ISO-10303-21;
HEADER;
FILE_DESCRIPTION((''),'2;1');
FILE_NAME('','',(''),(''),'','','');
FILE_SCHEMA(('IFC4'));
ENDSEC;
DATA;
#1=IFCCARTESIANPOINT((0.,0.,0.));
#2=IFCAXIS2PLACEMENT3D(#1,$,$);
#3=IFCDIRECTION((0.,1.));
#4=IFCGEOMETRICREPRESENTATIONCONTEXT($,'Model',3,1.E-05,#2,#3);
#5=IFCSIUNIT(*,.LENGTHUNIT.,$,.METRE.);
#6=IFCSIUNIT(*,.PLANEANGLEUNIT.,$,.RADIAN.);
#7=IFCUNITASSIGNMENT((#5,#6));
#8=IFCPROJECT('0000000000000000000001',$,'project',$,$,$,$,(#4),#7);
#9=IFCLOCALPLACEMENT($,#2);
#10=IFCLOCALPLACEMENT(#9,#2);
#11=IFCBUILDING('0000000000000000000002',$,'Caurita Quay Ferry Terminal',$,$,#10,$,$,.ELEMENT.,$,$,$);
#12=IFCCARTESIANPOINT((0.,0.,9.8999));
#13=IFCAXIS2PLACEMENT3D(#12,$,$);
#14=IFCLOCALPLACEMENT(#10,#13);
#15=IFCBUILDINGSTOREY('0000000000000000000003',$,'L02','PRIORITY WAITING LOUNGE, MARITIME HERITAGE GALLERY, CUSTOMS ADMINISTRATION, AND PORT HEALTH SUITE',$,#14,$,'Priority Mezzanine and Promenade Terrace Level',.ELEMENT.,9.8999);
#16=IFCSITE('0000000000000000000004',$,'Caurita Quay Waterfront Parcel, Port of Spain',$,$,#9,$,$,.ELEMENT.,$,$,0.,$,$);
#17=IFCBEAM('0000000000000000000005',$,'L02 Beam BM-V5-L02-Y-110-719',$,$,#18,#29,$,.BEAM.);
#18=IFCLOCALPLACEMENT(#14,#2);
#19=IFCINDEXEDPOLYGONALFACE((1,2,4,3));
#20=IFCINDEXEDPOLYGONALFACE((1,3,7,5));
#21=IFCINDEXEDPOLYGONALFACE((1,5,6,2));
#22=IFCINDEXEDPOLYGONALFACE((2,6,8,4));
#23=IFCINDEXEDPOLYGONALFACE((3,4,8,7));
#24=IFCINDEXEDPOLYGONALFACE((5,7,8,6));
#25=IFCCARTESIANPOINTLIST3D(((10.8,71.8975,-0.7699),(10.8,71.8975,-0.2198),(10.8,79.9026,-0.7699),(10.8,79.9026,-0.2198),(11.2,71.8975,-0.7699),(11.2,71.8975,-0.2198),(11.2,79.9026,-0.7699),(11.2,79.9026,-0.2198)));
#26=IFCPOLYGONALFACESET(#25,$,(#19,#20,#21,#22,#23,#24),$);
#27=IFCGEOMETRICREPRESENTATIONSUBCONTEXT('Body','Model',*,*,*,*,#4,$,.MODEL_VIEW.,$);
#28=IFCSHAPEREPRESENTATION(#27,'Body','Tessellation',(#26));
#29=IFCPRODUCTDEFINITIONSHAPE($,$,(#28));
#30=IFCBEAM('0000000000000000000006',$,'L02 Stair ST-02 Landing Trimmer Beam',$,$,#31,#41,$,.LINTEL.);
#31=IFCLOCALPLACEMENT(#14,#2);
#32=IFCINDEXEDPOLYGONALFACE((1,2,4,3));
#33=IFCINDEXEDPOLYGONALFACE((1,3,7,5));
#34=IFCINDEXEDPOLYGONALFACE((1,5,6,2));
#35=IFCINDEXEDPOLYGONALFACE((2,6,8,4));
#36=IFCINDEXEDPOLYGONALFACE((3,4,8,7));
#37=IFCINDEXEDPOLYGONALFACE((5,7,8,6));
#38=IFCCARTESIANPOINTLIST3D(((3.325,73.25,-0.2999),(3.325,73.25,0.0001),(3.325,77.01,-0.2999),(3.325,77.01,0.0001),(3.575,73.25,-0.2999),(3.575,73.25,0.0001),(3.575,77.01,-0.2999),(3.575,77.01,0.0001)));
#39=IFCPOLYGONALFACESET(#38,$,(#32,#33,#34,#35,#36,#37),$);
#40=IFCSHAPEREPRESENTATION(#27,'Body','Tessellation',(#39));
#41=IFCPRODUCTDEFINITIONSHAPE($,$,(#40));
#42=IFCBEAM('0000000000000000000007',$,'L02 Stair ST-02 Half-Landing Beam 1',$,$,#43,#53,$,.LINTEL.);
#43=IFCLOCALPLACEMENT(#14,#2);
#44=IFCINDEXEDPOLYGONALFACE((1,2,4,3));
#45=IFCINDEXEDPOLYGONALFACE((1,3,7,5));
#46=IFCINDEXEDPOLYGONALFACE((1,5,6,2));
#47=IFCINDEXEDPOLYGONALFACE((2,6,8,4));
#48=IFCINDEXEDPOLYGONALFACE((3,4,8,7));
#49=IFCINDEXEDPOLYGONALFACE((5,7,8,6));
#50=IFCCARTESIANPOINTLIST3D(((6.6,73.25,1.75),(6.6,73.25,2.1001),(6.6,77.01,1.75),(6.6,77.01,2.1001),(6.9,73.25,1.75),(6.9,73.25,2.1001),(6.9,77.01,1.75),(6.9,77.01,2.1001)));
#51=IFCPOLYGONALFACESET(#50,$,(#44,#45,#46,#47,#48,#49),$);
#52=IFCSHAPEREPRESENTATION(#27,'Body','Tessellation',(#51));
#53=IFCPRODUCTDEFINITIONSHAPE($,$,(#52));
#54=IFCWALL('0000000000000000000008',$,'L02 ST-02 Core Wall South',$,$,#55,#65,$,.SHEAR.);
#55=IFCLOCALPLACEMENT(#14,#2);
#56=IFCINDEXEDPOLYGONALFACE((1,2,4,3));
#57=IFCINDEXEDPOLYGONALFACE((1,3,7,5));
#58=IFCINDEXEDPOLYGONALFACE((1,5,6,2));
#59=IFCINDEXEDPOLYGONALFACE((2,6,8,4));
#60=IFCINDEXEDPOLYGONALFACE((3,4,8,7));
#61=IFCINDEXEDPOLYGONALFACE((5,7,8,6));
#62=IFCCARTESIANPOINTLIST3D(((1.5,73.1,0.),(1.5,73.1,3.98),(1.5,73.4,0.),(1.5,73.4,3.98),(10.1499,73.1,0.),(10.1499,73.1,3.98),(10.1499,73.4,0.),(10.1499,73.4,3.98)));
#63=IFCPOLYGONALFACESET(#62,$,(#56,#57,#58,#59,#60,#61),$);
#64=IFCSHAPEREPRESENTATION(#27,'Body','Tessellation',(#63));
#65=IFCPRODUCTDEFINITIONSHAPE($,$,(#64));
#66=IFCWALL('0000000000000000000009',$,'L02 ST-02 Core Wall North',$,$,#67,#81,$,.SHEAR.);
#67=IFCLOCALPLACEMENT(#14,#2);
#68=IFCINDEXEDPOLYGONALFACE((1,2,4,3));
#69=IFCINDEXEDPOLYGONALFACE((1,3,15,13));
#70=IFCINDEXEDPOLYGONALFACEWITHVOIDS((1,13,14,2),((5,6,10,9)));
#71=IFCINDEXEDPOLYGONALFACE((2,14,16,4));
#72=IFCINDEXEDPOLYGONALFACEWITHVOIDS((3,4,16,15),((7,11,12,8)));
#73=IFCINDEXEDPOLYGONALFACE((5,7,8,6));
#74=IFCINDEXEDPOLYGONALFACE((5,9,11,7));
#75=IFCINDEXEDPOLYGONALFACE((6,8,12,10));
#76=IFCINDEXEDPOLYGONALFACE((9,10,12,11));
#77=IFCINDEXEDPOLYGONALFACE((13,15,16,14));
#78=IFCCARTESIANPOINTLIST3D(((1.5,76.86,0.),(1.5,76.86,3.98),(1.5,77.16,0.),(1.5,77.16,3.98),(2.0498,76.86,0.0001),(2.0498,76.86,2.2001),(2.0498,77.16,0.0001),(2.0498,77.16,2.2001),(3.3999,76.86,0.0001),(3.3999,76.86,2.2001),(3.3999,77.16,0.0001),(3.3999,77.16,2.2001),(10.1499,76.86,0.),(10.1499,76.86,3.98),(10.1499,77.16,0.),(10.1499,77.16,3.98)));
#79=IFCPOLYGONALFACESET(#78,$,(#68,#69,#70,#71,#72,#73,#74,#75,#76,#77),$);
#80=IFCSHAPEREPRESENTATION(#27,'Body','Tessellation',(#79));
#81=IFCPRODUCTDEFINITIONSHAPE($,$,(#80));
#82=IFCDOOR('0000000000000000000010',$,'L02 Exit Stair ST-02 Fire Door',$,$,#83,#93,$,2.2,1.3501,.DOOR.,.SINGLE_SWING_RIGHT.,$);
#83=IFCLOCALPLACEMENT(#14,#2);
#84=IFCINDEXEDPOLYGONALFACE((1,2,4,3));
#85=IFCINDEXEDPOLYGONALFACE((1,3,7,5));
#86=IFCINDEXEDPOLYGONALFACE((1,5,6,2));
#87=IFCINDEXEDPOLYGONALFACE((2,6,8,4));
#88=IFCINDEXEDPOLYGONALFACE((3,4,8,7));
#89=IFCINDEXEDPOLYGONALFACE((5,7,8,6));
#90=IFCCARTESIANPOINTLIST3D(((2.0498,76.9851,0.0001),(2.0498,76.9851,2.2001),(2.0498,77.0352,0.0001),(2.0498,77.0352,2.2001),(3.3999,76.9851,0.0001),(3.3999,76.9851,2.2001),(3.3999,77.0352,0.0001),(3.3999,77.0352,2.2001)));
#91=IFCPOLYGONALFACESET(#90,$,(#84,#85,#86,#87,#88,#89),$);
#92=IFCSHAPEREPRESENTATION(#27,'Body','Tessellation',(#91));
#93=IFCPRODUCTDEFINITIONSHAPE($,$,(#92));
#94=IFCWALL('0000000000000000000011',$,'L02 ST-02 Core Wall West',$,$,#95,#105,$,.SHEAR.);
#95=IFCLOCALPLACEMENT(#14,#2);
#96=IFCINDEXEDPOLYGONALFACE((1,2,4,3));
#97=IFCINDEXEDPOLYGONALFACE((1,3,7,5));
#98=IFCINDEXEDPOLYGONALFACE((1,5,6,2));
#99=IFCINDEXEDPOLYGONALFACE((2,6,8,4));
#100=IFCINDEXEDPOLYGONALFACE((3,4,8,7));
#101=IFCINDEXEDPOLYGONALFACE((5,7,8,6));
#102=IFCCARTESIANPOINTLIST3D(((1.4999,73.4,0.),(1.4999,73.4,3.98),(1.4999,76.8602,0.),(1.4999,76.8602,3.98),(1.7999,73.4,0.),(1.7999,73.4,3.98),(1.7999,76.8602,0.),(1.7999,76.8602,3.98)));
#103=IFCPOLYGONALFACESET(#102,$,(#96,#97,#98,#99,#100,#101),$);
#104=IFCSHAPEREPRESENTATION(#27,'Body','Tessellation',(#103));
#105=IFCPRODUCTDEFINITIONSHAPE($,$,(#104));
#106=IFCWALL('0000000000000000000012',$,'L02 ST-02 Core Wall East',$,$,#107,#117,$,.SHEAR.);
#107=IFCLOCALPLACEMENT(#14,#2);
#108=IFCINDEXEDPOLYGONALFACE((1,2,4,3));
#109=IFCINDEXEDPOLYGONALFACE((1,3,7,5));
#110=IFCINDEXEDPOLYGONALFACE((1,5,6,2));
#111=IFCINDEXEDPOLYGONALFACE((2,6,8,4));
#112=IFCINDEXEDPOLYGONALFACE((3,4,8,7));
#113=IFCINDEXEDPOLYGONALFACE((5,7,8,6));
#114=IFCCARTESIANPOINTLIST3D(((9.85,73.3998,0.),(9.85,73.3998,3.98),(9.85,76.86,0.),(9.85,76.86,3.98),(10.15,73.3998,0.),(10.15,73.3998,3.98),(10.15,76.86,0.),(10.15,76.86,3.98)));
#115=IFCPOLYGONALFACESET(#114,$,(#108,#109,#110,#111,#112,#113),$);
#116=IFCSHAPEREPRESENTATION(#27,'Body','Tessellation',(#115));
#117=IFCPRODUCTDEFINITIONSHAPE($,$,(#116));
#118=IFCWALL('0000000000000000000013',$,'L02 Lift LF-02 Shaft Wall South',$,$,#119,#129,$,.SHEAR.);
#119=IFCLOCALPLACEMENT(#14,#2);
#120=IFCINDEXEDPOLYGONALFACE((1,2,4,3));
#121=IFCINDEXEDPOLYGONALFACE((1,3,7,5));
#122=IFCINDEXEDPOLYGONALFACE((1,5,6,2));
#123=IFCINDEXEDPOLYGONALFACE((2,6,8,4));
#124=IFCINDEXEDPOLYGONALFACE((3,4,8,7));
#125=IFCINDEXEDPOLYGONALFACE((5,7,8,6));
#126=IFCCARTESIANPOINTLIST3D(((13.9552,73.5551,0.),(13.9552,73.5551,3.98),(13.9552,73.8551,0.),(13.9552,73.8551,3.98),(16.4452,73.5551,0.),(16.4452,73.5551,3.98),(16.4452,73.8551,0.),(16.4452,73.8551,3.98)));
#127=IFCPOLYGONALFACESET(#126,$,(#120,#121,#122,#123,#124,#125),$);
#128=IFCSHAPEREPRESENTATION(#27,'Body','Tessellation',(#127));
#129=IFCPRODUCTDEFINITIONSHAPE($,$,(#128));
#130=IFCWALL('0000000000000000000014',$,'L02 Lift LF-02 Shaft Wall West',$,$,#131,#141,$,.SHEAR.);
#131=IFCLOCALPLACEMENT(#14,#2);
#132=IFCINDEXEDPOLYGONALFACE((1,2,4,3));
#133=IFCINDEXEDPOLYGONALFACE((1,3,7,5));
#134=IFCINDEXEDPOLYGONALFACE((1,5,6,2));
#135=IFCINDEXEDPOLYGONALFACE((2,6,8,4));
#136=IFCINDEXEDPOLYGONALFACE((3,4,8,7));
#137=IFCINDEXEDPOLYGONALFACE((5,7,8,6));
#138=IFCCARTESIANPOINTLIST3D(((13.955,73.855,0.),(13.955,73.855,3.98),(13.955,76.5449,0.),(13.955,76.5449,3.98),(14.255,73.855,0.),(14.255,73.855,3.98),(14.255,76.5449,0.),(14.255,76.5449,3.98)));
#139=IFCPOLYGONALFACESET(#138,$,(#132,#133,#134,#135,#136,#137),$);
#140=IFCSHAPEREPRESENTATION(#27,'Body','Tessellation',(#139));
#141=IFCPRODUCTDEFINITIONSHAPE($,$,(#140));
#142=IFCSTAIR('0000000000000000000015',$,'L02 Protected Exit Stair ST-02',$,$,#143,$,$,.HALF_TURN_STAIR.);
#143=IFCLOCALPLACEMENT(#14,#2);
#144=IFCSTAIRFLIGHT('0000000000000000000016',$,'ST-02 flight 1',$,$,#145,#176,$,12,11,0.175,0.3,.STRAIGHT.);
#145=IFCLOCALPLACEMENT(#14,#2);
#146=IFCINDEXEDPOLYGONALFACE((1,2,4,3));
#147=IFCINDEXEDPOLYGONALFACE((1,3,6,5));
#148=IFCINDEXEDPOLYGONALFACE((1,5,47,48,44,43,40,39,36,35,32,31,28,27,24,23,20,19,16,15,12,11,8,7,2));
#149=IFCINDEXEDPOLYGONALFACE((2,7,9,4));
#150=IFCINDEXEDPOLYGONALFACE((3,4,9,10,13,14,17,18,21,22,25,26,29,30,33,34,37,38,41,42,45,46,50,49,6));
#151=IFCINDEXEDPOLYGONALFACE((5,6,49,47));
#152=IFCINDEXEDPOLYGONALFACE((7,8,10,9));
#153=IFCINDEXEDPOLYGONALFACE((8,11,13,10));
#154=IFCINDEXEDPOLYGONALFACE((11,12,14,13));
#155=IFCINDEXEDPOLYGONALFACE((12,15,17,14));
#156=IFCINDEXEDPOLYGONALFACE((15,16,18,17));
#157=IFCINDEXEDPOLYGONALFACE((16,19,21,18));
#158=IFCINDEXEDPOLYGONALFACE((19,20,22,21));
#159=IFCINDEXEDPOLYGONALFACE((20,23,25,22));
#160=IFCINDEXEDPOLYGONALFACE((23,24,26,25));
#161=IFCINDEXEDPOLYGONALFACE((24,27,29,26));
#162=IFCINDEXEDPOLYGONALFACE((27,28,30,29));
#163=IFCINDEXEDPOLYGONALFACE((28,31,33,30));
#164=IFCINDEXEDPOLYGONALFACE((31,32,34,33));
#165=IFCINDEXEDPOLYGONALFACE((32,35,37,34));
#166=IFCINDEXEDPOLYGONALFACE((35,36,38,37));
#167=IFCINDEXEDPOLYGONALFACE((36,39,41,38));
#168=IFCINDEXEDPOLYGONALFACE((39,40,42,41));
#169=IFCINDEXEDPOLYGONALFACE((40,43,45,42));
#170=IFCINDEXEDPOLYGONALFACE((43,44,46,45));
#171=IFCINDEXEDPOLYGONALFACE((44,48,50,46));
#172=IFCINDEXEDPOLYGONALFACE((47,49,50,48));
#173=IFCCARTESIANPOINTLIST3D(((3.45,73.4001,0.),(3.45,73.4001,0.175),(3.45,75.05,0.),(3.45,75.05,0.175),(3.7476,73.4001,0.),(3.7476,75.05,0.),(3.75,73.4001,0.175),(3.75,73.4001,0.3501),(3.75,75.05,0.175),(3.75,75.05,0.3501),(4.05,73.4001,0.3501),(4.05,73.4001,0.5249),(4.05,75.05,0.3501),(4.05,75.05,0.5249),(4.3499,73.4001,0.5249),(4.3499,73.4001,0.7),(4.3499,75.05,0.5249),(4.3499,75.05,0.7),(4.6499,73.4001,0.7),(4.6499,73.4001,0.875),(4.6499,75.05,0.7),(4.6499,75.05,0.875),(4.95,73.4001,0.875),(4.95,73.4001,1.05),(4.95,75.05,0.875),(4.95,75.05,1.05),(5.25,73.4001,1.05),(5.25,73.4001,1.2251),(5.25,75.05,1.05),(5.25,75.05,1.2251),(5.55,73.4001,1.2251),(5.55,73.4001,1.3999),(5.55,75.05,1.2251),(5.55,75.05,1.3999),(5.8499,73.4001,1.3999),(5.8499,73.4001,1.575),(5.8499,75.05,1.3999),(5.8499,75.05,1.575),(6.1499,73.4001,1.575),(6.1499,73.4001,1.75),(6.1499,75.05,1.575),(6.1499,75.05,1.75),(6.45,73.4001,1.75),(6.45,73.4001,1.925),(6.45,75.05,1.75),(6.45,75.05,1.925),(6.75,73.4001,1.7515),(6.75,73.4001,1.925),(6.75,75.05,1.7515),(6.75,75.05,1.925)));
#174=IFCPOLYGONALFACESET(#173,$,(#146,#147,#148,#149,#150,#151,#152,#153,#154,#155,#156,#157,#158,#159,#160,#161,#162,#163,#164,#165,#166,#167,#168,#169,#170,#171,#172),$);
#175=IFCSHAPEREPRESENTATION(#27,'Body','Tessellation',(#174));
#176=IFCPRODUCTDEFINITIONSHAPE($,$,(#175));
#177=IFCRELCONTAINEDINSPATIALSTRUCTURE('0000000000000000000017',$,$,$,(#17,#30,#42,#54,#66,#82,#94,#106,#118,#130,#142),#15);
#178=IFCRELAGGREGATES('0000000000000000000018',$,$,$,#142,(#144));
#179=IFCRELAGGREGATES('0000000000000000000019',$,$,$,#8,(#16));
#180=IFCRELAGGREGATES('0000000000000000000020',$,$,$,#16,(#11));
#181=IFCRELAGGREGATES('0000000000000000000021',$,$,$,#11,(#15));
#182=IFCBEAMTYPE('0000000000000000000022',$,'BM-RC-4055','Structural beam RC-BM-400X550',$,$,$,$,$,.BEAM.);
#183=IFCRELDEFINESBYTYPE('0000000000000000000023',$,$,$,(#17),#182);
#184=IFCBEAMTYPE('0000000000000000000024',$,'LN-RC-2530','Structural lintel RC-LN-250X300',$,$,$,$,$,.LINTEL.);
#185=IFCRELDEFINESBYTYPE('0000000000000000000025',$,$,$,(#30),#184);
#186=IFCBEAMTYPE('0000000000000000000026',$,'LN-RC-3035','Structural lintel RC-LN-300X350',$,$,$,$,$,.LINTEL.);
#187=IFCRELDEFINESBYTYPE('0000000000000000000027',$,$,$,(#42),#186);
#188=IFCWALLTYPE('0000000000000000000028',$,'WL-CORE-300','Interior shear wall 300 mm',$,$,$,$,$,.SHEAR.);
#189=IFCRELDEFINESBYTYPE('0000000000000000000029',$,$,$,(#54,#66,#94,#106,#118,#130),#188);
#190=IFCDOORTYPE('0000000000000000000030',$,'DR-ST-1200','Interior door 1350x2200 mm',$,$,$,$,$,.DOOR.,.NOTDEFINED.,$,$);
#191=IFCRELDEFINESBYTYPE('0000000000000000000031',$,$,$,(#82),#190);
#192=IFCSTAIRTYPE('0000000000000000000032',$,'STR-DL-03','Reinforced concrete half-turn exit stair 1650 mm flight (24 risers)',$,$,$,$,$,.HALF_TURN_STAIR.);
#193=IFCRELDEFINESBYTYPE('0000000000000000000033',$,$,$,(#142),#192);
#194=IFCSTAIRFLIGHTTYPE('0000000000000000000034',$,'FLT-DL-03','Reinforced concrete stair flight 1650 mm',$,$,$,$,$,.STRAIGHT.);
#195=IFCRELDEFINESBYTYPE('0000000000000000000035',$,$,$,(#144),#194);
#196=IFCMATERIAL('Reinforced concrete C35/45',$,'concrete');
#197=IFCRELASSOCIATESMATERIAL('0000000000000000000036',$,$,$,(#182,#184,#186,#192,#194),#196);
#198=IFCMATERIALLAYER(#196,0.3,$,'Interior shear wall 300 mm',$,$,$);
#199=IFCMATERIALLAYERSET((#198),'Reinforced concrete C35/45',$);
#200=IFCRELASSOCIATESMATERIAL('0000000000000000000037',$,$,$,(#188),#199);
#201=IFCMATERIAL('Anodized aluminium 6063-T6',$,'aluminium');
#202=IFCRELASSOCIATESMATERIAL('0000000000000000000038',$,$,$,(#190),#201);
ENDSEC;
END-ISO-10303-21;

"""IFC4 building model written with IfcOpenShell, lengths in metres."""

from ifc_helpers import new_model, si_unit, direction, frame, frame_2d, origin, origin_2d, place, context, subcontext, project, spatial, polyline, rectangle, outline, extrude, material, layer, layer_set, material_profile, profile_set, type_object, element, fill, aggregate, save


model = new_model("IFC4")

# Units and contexts
model_context = context("Model", 3, precision=1e-05, world=origin(), true_north=direction((0.0, 1.0)))
body_context = subcontext(model_context, "Body", "Model", "MODEL_VIEW")
ifc_project = project(units=[si_unit("LENGTHUNIT", "METRE"), si_unit("PLANEANGLEUNIT", "RADIAN")], contexts=[model_context])

# Site, building, storey
site_placement = place(None, origin())
site = spatial("IfcSite", under=ifc_project, at=site_placement, Name="Caurita Quay Waterfront Parcel, Port of Spain", CompositionType="ELEMENT", RefElevation=0.0)
building_placement = place(site_placement, origin())
building = spatial("IfcBuilding", under=site, at=building_placement, Name="Caurita Quay Ferry Terminal", CompositionType="ELEMENT")
storey_placement = place(building_placement, frame((0.0, 0.0, 9.8999)))
storey = spatial("IfcBuildingStorey", under=building, at=storey_placement, Name="L02", Description="PRIORITY WAITING LOUNGE, MARITIME HERITAGE GALLERY, CUSTOMS ADMINISTRATION, AND PORT HEALTH SUITE", LongName="Priority Mezzanine and Promenade Terrace Level", CompositionType="ELEMENT", Elevation=9.8999)

# Beams
ifc_material_1 = material(Name="Reinforced concrete C35/45", Category="concrete")
ifc_material_profile_1 = material_profile(ifc_material_1, rectangle(XDim=0.3999, YDim=0.55, at=origin_2d()), Name="RC-BM-400X550")
ifc_profile_set_1 = profile_set([ifc_material_profile_1], Name="Reinforced concrete C35/45")
beam_type_1 = type_object("IfcBeamType", Name="BM-RC-4055", Description="Structural beam RC-BM-400X550", PredefinedType="BEAM", material=ifc_profile_set_1)
beam_1_placement = place(storey_placement, frame((11.0, 71.8975, -0.4949), z_axis=(0.0, 1.0, 0.0), x_axis=(-1.0, 0.0, 0.0)))
element("IfcBeam", 1, at=beam_1_placement, inside=storey, type_object=beam_type_1, Name="L02 Beam BM-V5-L02-Y-110-719", PredefinedType="BEAM", context=body_context, shape_type="SweptSolid", body=[
    extrude(rectangle(XDim=0.3999, YDim=0.55, at=origin_2d()), origin(), (0.0, 0.0, 1.0), 8.0051),
])
ifc_material_profile_2 = material_profile(ifc_material_1, rectangle(XDim=0.25, YDim=0.3, at=origin_2d()), Name="RC-LN-250X300")
ifc_profile_set_2 = profile_set([ifc_material_profile_2], Name="Reinforced concrete C35/45")
beam_type_2 = type_object("IfcBeamType", Name="LN-RC-2530", Description="Structural lintel RC-LN-250X300", PredefinedType="LINTEL", material=ifc_profile_set_2)
beam_2_placement = place(storey_placement, frame((3.45, 73.25, -0.1499), z_axis=(0.0, 1.0, 0.0), x_axis=(-1.0, 0.0, 0.0)))
element("IfcBeam", 2, at=beam_2_placement, inside=storey, type_object=beam_type_2, Name="L02 Stair ST-02 Landing Trimmer Beam", PredefinedType="LINTEL", context=body_context, shape_type="SweptSolid", body=[
    extrude(rectangle(XDim=0.25, YDim=0.3, at=origin_2d()), origin(), (0.0, 0.0, 1.0), 3.76),
])
ifc_material_profile_3 = material_profile(ifc_material_1, rectangle(XDim=0.3, YDim=0.3501, at=origin_2d()), Name="RC-LN-300X350")
ifc_profile_set_3 = profile_set([ifc_material_profile_3], Name="Reinforced concrete C35/45")
beam_type_3 = type_object("IfcBeamType", Name="LN-RC-3035", Description="Structural lintel RC-LN-300X350", PredefinedType="LINTEL", material=ifc_profile_set_3)
beam_3_placement = place(storey_placement, frame((6.75, 73.25, 1.925), z_axis=(0.0, 1.0, 0.0), x_axis=(-1.0, 0.0, 0.0)))
element("IfcBeam", 3, at=beam_3_placement, inside=storey, type_object=beam_type_3, Name="L02 Stair ST-02 Half-Landing Beam 1", PredefinedType="LINTEL", context=body_context, shape_type="SweptSolid", body=[
    extrude(rectangle(XDim=0.3, YDim=0.3501, at=origin_2d()), origin(), (0.0, 0.0, 1.0), 3.76),
])

# Wall
ifc_layer = layer(ifc_material_1, 0.3, Name="Interior shear wall 300 mm")
ifc_layer_set = layer_set([ifc_layer], Name="Reinforced concrete C35/45")
wall_type = type_object("IfcWallType", Name="WL-CORE-300", Description="Interior shear wall 300 mm", PredefinedType="SHEAR", material=ifc_layer_set)
wall_1_placement = place(storey_placement, frame((1.5, 73.25, 0.0), z_axis=(0.0, 0.0, 1.0), x_axis=(1.0, 0.0, 0.0)))
element("IfcWall", 4, at=wall_1_placement, inside=storey, type_object=wall_type, Name="L02 ST-02 Core Wall South", PredefinedType="SHEAR", context=body_context, shape_type="SweptSolid", body=[
    extrude(rectangle(XDim=8.6499, YDim=0.3, at=frame_2d((4.325, 0.0))), origin(), (0.0, 0.0, 1.0), 3.98),
])

# Wall, opening, door
wall_2_placement = place(storey_placement, frame((10.1499, 77.01, 0.0), z_axis=(0.0, 0.0, 1.0), x_axis=(-1.0, 0.0, 0.0)))
wall_2 = element("IfcWall", 5, at=wall_2_placement, inside=storey, type_object=wall_type, Name="L02 ST-02 Core Wall North", PredefinedType="SHEAR", context=body_context, shape_type="SweptSolid", body=[
    extrude(rectangle(XDim=8.6499, YDim=0.3, at=frame_2d((4.325, 0.0))), origin(), (0.0, 0.0, 1.0), 3.98),
])
opening_placement = place(wall_2_placement, frame((6.75, 0.0, 0.0)))
opening = element("IfcOpeningElement", 6, at=opening_placement, cuts=wall_2, PredefinedType="OPENING", context=body_context, shape_type="SweptSolid", body=[
    extrude(rectangle(XDim=1.3501, YDim=2.2, at=frame_2d((0.675, 1.1001))), frame((0.0, 0.1599, 0.0), z_axis=(0.0, -1.0, 0.0), x_axis=(1.0, 0.0, 0.0)), (0.0, 0.0, 1.0), 0.3201),
])
ifc_material_2 = material(Name="Anodized aluminium 6063-T6", Category="aluminium")
door_type = type_object("IfcDoorType", Name="DR-ST-1200", Description="Interior door 1350x2200 mm", OperationType="NOTDEFINED", PredefinedType="DOOR", material=ifc_material_2)
door_placement = place(opening_placement, origin())
door = element("IfcDoor", 7, at=door_placement, inside=storey, type_object=door_type, Name="L02 Exit Stair ST-02 Fire Door", OperationType="SINGLE_SWING_RIGHT", OverallHeight=2.2, OverallWidth=1.3501, PredefinedType="DOOR", context=body_context, shape_type="SweptSolid", body=[
    extrude(rectangle(XDim=1.3501, YDim=2.2, at=frame_2d((0.675, 1.1001))), frame((0.0, 0.0249, 0.0), z_axis=(0.0, -1.0, 0.0), x_axis=(1.0, 0.0, 0.0)), (0.0, 0.0, 1.0), 0.05),
])
fill(opening, door)

# Walls
for number, where, z_axis, x_axis, name in (
    (8, (1.6499, 76.8601, 0.0), (0.0, 0.0, 1.0), (0.0, -1.0, 0.0), "L02 ST-02 Core Wall West"),
    (9, (10.0, 73.3999, 0.0), (0.0, 0.0, 1.0), (0.0, 1.0, 0.0), "L02 ST-02 Core Wall East"),
):
    element("IfcWall", number, at=place(storey_placement, frame(where, z_axis=z_axis, x_axis=x_axis)), inside=storey, type_object=wall_type, Name=name, PredefinedType="SHEAR", context=body_context, shape_type="SweptSolid", body=[
        extrude(rectangle(XDim=3.4602, YDim=0.3, at=frame_2d((1.73, 0.0))), origin(), (0.0, 0.0, 1.0), 3.98),
    ])
wall_3_placement = place(storey_placement, frame((13.9551, 73.7051, 0.0), z_axis=(0.0, 0.0, 1.0), x_axis=(1.0, 0.0, 0.0)))
element("IfcWall", 10, at=wall_3_placement, inside=storey, type_object=wall_type, Name="L02 Lift LF-02 Shaft Wall South", PredefinedType="SHEAR", context=body_context, shape_type="SweptSolid", body=[
    extrude(rectangle(XDim=2.49, YDim=0.3, at=frame_2d((1.2451, 0.0))), origin(), (0.0, 0.0, 1.0), 3.98),
])
wall_4_placement = place(storey_placement, frame((14.105, 76.5449, 0.0), z_axis=(0.0, 0.0, 1.0), x_axis=(0.0, -1.0, 0.0)))
element("IfcWall", 11, at=wall_4_placement, inside=storey, type_object=wall_type, Name="L02 Lift LF-02 Shaft Wall West", PredefinedType="SHEAR", context=body_context, shape_type="SweptSolid", body=[
    extrude(rectangle(XDim=2.6899, YDim=0.3, at=frame_2d((1.345, 0.0))), origin(), (0.0, 0.0, 1.0), 3.98),
])

# Stair, stair flight
stair_type = type_object("IfcStairType", Name="STR-DL-03", Description="Reinforced concrete half-turn exit stair 1650 mm flight (24 risers)", PredefinedType="HALF_TURN_STAIR", material=ifc_material_1)
stair_placement = place(storey_placement, origin())
stair = element("IfcStair", 12, at=stair_placement, inside=storey, type_object=stair_type, Name="L02 Protected Exit Stair ST-02", PredefinedType="HALF_TURN_STAIR")
stair_flight_type = type_object("IfcStairFlightType", Name="FLT-DL-03", Description="Reinforced concrete stair flight 1650 mm", PredefinedType="STRAIGHT", material=ifc_material_1)
stair_flight_1_placement = place(storey_placement, frame((3.45, 74.2251, 0.0), z_axis=(0.0, 0.0, 1.0), x_axis=(1.0, 0.0, 0.0)))
stair_flight_1 = element("IfcStairFlight", 13, at=stair_flight_1_placement, type_object=stair_flight_type, Name="ST-02 flight 1", NumberOfRisers=12, NumberOfTreads=11, PredefinedType="STRAIGHT", RiserHeight=0.175, TreadLength=0.3, context=body_context, shape_type="SweptSolid", body=[
    extrude(outline(polyline([(0.0, 0.0), (0.0, 0.175), (0.3, 0.175), (0.3, 0.3501), (0.6001, 0.3501), (0.6001, 0.5249), (0.8999, 0.5249), (0.8999, 0.7), (1.2, 0.7), (1.2, 0.875), (1.5, 0.875), (1.5, 1.05), (1.8, 1.05), (1.8, 1.2251), (2.1001, 1.2251), (2.1001, 1.3999), (2.3999, 1.3999), (2.3999, 1.575), (2.7, 1.575), (2.7, 1.75), (3.0, 1.75), (3.0, 1.925), (3.3, 1.925), (3.3, 2.1001), (3.3, 1.7515), (0.2976, 0.0), (0.0, 0.0)])), frame((0.0, 0.825, 0.0), z_axis=(0.0, -1.0, 0.0), x_axis=(1.0, 0.0, 0.0)), (0.0, 0.0, 1.0), 1.6499),
])
aggregate(stair, [stair_flight_1])

save(model, "model.ifc")
